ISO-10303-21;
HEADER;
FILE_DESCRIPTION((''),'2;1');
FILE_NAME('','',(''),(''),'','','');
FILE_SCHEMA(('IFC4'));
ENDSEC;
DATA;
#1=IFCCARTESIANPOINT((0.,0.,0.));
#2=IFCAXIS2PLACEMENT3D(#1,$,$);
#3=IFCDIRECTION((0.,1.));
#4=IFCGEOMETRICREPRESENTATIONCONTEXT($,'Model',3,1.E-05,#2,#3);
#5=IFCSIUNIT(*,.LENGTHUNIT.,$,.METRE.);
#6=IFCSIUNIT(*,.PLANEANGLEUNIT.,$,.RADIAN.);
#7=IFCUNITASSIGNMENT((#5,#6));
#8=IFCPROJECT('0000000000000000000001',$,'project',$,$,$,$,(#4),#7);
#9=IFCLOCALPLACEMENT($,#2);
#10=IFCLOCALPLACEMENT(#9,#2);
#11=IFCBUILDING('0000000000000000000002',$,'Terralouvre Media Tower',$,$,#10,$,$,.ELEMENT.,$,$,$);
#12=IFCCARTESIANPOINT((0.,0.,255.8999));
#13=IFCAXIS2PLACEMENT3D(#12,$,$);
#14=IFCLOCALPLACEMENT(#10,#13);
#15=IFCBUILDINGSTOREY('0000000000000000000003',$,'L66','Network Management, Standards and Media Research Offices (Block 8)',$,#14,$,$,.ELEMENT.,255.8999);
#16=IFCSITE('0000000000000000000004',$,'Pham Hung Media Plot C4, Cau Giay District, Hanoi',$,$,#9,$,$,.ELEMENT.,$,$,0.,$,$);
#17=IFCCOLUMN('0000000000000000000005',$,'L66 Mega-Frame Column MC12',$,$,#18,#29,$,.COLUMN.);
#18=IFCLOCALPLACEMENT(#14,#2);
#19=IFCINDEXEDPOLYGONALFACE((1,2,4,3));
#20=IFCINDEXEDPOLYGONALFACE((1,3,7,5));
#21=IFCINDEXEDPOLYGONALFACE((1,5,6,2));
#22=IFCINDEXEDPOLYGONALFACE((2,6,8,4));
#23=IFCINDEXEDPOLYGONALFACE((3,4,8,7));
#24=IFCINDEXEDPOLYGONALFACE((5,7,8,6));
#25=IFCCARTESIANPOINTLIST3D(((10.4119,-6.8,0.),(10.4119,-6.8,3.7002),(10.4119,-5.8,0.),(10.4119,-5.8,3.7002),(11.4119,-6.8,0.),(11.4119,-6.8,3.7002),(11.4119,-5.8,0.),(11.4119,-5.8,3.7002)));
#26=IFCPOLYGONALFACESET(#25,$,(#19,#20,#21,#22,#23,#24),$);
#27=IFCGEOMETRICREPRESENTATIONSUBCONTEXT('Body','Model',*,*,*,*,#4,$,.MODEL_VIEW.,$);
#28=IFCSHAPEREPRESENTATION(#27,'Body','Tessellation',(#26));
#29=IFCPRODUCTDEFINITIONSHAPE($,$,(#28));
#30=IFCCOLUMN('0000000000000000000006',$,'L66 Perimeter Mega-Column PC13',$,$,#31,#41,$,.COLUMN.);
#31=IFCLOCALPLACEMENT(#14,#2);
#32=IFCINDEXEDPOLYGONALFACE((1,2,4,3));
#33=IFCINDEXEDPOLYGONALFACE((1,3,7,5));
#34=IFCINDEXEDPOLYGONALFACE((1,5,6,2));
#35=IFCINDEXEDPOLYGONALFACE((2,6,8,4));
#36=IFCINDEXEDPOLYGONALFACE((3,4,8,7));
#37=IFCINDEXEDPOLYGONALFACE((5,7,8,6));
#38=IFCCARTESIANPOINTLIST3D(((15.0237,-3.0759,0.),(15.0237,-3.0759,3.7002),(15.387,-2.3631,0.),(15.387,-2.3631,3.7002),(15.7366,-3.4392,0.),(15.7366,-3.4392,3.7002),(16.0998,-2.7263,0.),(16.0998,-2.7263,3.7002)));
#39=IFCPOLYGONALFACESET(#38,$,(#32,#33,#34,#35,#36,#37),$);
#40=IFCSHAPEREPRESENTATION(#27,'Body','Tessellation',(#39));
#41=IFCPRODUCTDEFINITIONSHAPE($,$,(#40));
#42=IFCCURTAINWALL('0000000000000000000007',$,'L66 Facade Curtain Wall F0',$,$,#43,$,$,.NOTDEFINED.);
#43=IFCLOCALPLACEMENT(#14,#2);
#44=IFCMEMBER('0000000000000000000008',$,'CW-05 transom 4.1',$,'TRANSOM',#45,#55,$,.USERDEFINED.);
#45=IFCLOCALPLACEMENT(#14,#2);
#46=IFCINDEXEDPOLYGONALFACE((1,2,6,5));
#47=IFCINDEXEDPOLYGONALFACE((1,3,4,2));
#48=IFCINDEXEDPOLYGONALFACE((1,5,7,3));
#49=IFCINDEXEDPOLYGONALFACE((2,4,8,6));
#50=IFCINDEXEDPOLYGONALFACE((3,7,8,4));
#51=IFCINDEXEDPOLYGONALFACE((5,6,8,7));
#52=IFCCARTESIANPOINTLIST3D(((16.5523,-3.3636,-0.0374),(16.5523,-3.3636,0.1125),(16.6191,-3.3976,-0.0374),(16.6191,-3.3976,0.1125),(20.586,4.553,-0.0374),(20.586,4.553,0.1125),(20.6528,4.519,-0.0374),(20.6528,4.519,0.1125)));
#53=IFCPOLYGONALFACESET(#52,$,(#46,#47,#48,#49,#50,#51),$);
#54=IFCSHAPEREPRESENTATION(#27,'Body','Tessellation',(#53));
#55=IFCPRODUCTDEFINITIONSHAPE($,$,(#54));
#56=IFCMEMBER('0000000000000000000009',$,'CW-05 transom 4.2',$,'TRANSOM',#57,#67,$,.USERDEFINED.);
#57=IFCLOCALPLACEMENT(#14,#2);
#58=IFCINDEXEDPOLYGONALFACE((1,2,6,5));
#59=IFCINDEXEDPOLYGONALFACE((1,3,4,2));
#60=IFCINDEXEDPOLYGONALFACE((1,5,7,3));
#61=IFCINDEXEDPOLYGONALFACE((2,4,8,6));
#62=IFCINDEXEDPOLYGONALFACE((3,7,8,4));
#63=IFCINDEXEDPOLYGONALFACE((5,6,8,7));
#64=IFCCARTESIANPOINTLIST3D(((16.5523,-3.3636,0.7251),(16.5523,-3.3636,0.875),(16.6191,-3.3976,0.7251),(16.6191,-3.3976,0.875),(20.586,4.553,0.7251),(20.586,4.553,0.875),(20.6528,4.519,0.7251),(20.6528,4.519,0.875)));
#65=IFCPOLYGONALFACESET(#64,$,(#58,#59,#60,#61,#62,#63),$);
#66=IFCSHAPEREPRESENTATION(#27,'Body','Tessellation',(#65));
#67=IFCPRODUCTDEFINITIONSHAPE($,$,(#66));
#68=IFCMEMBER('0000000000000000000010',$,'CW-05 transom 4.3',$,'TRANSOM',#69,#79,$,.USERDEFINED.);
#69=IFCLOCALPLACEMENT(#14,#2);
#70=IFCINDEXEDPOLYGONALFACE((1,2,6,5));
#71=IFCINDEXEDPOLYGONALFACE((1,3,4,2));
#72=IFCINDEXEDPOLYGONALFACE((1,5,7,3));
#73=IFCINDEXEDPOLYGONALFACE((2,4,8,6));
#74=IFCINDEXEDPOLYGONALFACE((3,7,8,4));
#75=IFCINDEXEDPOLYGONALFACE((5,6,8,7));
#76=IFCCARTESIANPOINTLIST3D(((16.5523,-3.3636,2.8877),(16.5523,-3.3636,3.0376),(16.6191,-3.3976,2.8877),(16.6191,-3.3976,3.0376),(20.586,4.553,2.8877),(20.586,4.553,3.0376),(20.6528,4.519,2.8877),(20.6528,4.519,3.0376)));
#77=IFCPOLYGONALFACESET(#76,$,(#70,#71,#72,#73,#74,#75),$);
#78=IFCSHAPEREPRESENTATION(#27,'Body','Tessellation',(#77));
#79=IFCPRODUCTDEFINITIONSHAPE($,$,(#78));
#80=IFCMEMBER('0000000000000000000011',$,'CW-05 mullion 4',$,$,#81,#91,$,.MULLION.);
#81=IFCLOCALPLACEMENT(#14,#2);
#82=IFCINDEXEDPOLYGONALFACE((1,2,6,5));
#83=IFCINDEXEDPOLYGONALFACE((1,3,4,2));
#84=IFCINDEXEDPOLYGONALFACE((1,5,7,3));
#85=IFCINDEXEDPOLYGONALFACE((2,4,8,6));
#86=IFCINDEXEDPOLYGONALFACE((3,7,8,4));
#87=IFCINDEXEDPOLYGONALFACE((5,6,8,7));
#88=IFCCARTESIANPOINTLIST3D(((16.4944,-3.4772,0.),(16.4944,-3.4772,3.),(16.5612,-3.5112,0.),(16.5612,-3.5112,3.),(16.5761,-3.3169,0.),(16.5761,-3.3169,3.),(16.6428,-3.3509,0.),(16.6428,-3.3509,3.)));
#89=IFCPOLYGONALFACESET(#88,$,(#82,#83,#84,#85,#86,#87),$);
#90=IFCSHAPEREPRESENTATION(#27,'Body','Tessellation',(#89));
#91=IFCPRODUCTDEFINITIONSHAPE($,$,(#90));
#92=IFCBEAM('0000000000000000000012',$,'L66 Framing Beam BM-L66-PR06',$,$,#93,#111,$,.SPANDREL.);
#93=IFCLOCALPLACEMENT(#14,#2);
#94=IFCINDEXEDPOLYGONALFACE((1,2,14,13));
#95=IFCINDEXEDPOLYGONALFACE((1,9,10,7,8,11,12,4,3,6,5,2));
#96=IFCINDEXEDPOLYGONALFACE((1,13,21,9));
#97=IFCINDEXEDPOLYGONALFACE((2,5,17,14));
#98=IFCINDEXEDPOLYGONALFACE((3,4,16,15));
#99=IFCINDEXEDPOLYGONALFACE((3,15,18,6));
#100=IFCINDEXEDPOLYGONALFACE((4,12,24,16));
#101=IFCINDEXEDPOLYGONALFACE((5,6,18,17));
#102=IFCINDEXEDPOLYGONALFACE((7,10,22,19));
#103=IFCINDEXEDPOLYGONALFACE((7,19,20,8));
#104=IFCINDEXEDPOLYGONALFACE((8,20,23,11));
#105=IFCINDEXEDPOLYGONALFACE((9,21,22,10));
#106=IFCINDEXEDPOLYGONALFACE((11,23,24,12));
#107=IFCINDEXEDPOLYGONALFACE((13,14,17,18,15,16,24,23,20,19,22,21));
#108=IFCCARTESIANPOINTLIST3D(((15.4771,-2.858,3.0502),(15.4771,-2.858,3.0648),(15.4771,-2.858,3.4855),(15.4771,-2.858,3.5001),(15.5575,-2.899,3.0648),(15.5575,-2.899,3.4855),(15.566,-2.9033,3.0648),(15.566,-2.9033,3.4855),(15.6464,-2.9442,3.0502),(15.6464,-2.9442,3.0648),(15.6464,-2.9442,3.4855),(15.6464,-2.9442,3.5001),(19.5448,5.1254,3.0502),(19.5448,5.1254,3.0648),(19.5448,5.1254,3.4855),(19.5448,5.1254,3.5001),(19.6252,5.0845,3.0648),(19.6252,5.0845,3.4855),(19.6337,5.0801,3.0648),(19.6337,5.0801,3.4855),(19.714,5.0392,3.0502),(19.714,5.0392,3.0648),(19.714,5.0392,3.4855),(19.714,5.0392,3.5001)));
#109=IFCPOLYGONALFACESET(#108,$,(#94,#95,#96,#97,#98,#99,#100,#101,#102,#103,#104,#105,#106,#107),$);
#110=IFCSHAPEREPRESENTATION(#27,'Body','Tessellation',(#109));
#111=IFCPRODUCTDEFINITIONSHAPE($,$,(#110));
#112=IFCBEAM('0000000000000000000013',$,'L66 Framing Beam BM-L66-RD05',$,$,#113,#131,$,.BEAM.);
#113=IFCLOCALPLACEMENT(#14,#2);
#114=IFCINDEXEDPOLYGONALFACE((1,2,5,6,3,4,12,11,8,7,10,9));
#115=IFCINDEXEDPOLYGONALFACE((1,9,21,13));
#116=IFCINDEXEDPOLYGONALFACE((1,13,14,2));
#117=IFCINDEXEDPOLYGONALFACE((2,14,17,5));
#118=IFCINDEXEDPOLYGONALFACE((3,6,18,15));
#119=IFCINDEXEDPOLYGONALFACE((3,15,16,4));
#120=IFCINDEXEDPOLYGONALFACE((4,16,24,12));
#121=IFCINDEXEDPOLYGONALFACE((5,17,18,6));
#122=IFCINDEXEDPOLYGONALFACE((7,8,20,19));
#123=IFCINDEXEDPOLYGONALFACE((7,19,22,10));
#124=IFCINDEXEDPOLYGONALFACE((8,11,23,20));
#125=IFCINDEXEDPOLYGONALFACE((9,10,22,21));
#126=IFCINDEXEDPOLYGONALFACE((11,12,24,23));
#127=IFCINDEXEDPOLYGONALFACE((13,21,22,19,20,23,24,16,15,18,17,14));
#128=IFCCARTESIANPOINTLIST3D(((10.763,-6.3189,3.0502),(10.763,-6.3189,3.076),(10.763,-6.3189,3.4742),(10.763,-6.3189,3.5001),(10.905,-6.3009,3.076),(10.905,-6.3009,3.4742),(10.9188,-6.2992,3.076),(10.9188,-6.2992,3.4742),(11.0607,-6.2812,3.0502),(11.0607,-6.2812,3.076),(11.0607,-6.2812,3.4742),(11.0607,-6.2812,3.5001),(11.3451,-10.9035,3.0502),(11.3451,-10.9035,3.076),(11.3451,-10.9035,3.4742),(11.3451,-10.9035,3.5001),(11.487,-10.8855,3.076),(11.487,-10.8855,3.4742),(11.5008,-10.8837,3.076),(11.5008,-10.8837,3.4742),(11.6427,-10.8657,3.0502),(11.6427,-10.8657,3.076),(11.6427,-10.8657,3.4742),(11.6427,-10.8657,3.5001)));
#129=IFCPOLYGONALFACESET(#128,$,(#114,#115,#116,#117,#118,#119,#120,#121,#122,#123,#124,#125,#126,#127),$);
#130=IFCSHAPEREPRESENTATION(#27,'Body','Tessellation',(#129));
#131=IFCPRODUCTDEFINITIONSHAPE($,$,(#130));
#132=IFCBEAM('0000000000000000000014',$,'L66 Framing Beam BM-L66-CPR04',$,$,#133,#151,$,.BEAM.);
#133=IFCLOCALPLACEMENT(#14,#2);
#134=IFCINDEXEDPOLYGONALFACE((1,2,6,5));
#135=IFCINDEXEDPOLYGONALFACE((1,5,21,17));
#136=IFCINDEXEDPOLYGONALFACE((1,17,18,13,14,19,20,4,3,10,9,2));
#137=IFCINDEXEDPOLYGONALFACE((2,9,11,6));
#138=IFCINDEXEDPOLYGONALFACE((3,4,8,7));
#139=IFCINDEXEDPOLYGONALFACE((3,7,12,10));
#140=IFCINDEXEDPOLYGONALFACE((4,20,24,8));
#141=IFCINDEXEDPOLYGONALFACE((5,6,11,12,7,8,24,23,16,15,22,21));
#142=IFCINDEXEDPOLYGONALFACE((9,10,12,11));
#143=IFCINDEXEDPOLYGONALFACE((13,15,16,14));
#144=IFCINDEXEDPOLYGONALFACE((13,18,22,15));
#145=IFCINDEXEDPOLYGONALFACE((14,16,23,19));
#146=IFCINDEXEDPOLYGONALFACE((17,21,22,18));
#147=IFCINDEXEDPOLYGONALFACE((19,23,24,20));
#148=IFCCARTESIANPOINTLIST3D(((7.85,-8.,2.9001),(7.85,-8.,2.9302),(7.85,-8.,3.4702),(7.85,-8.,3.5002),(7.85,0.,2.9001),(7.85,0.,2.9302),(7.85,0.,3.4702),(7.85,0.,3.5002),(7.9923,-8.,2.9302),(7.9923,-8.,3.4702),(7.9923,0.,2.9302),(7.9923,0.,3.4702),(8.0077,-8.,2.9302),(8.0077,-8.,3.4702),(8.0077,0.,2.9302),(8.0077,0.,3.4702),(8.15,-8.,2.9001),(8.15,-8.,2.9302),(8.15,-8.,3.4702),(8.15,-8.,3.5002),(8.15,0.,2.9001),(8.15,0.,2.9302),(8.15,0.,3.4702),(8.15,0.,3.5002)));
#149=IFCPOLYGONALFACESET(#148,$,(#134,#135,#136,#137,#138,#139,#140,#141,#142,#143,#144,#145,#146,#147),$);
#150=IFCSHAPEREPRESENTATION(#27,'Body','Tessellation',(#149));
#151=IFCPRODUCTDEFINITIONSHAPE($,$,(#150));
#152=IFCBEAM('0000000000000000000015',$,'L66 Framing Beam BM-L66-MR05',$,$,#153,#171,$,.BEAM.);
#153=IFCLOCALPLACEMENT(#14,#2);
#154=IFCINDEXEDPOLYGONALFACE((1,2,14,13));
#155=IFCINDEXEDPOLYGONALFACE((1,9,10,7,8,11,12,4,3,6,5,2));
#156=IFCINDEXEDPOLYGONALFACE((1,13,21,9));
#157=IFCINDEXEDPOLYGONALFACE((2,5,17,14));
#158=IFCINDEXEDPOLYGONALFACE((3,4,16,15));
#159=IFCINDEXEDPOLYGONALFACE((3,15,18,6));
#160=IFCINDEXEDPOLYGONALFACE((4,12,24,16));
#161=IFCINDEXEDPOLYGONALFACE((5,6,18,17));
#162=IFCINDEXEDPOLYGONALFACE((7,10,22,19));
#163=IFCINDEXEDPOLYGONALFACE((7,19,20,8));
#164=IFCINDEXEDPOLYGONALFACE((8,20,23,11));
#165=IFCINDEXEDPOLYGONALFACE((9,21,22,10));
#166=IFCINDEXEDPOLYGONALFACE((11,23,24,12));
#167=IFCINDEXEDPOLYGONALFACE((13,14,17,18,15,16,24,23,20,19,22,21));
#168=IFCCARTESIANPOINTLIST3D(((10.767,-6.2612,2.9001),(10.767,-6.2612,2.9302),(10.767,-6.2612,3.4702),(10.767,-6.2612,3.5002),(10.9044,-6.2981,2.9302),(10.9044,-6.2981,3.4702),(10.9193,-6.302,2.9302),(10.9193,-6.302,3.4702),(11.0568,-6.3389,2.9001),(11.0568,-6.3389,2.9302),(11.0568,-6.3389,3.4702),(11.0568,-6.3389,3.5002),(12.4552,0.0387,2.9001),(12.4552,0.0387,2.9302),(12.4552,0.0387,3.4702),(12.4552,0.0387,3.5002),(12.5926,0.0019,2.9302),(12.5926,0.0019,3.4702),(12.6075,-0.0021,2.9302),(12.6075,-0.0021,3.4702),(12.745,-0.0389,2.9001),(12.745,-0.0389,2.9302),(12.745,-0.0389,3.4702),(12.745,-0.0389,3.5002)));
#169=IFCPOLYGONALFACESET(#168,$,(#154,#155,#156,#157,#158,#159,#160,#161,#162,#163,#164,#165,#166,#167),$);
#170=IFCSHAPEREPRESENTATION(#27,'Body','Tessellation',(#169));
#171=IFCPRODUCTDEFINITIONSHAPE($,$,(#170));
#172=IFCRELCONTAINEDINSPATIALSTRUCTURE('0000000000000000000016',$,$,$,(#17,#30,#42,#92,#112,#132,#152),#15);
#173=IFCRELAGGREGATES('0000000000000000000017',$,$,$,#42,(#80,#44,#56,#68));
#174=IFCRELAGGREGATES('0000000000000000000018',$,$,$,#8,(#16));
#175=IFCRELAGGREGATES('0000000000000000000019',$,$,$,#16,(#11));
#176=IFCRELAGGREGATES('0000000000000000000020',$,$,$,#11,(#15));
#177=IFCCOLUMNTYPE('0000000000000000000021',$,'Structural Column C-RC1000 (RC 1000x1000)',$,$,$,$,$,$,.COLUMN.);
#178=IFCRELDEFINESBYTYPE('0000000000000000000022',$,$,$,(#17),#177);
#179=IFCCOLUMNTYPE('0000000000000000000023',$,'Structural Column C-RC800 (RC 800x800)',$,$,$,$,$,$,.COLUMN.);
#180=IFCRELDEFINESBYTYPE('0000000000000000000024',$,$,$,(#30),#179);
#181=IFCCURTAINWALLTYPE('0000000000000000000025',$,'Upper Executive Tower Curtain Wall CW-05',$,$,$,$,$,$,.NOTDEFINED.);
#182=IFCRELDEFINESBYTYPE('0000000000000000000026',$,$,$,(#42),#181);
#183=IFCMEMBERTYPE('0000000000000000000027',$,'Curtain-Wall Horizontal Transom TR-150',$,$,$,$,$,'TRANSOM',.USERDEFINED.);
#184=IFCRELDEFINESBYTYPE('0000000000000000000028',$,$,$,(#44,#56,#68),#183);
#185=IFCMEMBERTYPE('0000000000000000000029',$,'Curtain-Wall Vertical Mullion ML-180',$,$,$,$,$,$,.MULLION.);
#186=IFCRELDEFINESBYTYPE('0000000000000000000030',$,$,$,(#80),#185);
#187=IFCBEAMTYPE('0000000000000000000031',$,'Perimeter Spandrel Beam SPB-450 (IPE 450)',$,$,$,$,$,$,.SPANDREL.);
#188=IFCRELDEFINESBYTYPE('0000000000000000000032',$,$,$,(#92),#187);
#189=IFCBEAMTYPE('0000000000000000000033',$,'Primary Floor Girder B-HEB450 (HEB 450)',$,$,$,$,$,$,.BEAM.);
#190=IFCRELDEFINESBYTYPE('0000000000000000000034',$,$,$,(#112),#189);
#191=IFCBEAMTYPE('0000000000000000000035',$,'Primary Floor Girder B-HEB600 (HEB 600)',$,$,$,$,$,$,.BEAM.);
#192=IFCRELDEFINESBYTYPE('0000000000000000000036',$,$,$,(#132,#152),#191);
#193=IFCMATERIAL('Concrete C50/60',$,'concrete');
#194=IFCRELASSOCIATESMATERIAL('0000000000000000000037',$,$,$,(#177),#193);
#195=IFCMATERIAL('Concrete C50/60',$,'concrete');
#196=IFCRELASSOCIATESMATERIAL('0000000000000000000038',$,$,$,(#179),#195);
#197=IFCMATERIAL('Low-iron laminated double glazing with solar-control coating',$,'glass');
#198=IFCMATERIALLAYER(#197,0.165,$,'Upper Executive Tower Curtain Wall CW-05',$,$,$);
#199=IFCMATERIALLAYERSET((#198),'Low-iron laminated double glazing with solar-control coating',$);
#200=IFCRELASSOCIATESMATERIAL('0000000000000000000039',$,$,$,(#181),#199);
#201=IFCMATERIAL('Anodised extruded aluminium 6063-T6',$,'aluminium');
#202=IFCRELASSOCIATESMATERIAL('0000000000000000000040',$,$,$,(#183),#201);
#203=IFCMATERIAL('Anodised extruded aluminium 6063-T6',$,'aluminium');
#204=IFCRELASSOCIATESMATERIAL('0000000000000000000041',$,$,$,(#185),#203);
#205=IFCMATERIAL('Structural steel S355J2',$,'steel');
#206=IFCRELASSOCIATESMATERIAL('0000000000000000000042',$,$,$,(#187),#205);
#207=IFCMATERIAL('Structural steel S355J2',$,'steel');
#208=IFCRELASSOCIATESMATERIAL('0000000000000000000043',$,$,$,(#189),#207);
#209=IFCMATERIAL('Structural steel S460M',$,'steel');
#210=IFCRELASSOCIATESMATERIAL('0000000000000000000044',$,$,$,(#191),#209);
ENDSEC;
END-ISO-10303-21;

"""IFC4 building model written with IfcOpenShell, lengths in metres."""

from ifc_helpers import new_model, si_unit, direction, frame, origin, origin_2d, place, context, subcontext, project, spatial, rectangle, i_section, extrude, material, layer, layer_set, material_profile, profile_set, type_object, element, aggregate, save


model = new_model("IFC4")

# Units and contexts
model_context = context("Model", 3, precision=1e-05, world=origin(), true_north=direction((0.0, 1.0)))
body_context = subcontext(model_context, "Body", "Model", "MODEL_VIEW")
ifc_project = project(units=[si_unit("LENGTHUNIT", "METRE"), si_unit("PLANEANGLEUNIT", "RADIAN")], contexts=[model_context])

# Site, building, storey
site_placement = place(None, origin())
site = spatial("IfcSite", under=ifc_project, at=site_placement, Name="Pham Hung Media Plot C4, Cau Giay District, Hanoi", CompositionType="ELEMENT", RefElevation=0.0)
building_placement = place(site_placement, origin())
building = spatial("IfcBuilding", under=site, at=building_placement, Name="Terralouvre Media Tower", CompositionType="ELEMENT")
storey_placement = place(building_placement, frame((0.0, 0.0, 255.8999)))
storey = spatial("IfcBuildingStorey", under=building, at=storey_placement, Name="L66", Description="Network Management, Standards and Media Research Offices (Block 8)", CompositionType="ELEMENT", Elevation=255.8999)

# Columns
ifc_material_1 = material(Name="Concrete C50/60", Category="concrete")
ifc_material_profile_1 = material_profile(ifc_material_1, rectangle(XDim=1.0, YDim=1.0, at=origin_2d()), Name="RC 1000x1000")
ifc_profile_set_1 = profile_set([ifc_material_profile_1], Name="Concrete C50/60")
column_type_1 = type_object("IfcColumnType", Name="Structural Column C-RC1000 (RC 1000x1000)", PredefinedType="COLUMN", material=ifc_profile_set_1)
column_1_placement = place(storey_placement, frame((10.9119, -6.3, 0.0), z_axis=(0.0, 0.0, 1.0), x_axis=(1.0, 0.0, 0.0)))
element("IfcColumn", 1, at=column_1_placement, inside=storey, type_object=column_type_1, Name="L66 Mega-Frame Column MC12", PredefinedType="COLUMN", context=body_context, shape_type="SweptSolid", body=[
    extrude(rectangle(XDim=1.0, YDim=1.0, at=origin_2d()), origin(), (0.0, 0.0, 1.0), 3.7002),
])
ifc_material_2 = material(Name="Concrete C50/60", Category="concrete")
ifc_material_profile_2 = material_profile(ifc_material_2, rectangle(XDim=0.8, YDim=0.8, at=origin_2d()), Name="RC 800x800")
ifc_profile_set_2 = profile_set([ifc_material_profile_2], Name="Concrete C50/60")
column_type_2 = type_object("IfcColumnType", Name="Structural Column C-RC800 (RC 800x800)", PredefinedType="COLUMN", material=ifc_profile_set_2)
column_2_placement = place(storey_placement, frame((15.5618, -2.9011, 0.0), z_axis=(0.0, 0.0, 1.0), x_axis=(0.45399, 0.891007, 0.0)))
element("IfcColumn", 2, at=column_2_placement, inside=storey, type_object=column_type_2, Name="L66 Perimeter Mega-Column PC13", PredefinedType="COLUMN", context=body_context, shape_type="SweptSolid", body=[
    extrude(rectangle(XDim=0.8, YDim=0.8, at=origin_2d()), origin(), (0.0, 0.0, 1.0), 3.7002),
])

# Curtain wall, members
ifc_material_3 = material(Name="Low-iron laminated double glazing with solar-control coating", Category="glass")
ifc_layer_1 = layer(ifc_material_3, 0.165, Name="Upper Executive Tower Curtain Wall CW-05")
ifc_layer_set_1 = layer_set([ifc_layer_1], Name="Low-iron laminated double glazing with solar-control coating")
curtain_wall_type = type_object("IfcCurtainWallType", Name="Upper Executive Tower Curtain Wall CW-05", PredefinedType="NOTDEFINED", material=ifc_layer_set_1)
curtain_wall_placement = place(storey_placement, origin())
curtain_wall = element("IfcCurtainWall", 3, at=curtain_wall_placement, inside=storey, type_object=curtain_wall_type, Name="L66 Facade Curtain Wall F0", PredefinedType="NOTDEFINED")
ifc_material_4 = material(Name="Anodised extruded aluminium 6063-T6", Category="aluminium")
ifc_material_profile_3 = material_profile(ifc_material_4, rectangle(XDim=0.075, YDim=0.1499, at=origin_2d()), Name="ALU 75x150")
ifc_profile_set_3 = profile_set([ifc_material_profile_3], Name="Anodised extruded aluminium 6063-T6")
member_type_1 = type_object("IfcMemberType", Name="Curtain-Wall Horizontal Transom TR-150", ElementType="TRANSOM", PredefinedType="USERDEFINED", material=ifc_profile_set_3)
member_1_placement = place(storey_placement, frame((16.5857, -3.3806, 0.0376), z_axis=(0.453993, 0.891005, 0.0), x_axis=(-0.891005, 0.453993, 0.0)))
member_1 = element("IfcMember", 4, at=member_1_placement, type_object=member_type_1, Name="CW-05 transom 4.1", ObjectType="TRANSOM", PredefinedType="USERDEFINED", context=body_context, shape_type="SweptSolid", body=[
    extrude(rectangle(XDim=0.075, YDim=0.1499, at=origin_2d()), origin(), (0.0, 0.0, 1.0), 8.885),
])
member_2_placement = place(storey_placement, frame((16.5857, -3.3806, 0.8), z_axis=(0.453993, 0.891005, 0.0), x_axis=(-0.891005, 0.453993, 0.0)))
member_2 = element("IfcMember", 5, at=member_2_placement, type_object=member_type_1, Name="CW-05 transom 4.2", ObjectType="TRANSOM", PredefinedType="USERDEFINED", context=body_context, shape_type="SweptSolid", body=[
    extrude(rectangle(XDim=0.075, YDim=0.1499, at=origin_2d()), origin(), (0.0, 0.0, 1.0), 8.885),
])
member_3_placement = place(storey_placement, frame((16.5857, -3.3806, 2.9626), z_axis=(0.453993, 0.891005, 0.0), x_axis=(-0.891005, 0.453993, 0.0)))
member_3 = element("IfcMember", 6, at=member_3_placement, type_object=member_type_1, Name="CW-05 transom 4.3", ObjectType="TRANSOM", PredefinedType="USERDEFINED", context=body_context, shape_type="SweptSolid", body=[
    extrude(rectangle(XDim=0.075, YDim=0.1499, at=origin_2d()), origin(), (0.0, 0.0, 1.0), 8.885),
])
ifc_material_5 = material(Name="Anodised extruded aluminium 6063-T6", Category="aluminium")
ifc_material_profile_4 = material_profile(ifc_material_5, rectangle(XDim=0.075, YDim=0.1799, at=origin_2d()), Name="ALU 75x180")
ifc_profile_set_4 = profile_set([ifc_material_profile_4], Name="Anodised extruded aluminium 6063-T6")
member_type_2 = type_object("IfcMemberType", Name="Curtain-Wall Vertical Mullion ML-180", PredefinedType="MULLION", material=ifc_profile_set_4)
member_4_placement = place(storey_placement, frame((16.5686, -3.4141, 0.0), z_axis=(0.0, 0.0, 1.0), x_axis=(-0.891007, 0.45399, 0.0)))
member_4 = element("IfcMember", 7, at=member_4_placement, type_object=member_type_2, Name="CW-05 mullion 4", PredefinedType="MULLION", context=body_context, shape_type="SweptSolid", body=[
    extrude(rectangle(XDim=0.075, YDim=0.1799, at=origin_2d()), origin(), (0.0, 0.0, 1.0), 3.0),
])

# Beams
ifc_material_6 = material(Name="Structural steel S355J2", Category="steel")
ifc_material_profile_5 = material_profile(ifc_material_6, i_section(OverallWidth=0.1899, OverallDepth=0.45, WebThickness=0.0095, FlangeThickness=0.0146, at=origin_2d()), Name="IPE 450")
ifc_profile_set_5 = profile_set([ifc_material_profile_5], Name="Structural steel S355J2")
beam_type_1 = type_object("IfcBeamType", Name="Perimeter Spandrel Beam SPB-450 (IPE 450)", PredefinedType="SPANDREL", material=ifc_profile_set_5)
beam_1_placement = place(storey_placement, frame((15.5618, -2.9011, 3.2751), z_axis=(0.45398, 0.891012, 0.0), x_axis=(-0.891012, 0.45398, 0.0)))
element("IfcBeam", 8, at=beam_1_placement, inside=storey, type_object=beam_type_1, Name="L66 Framing Beam BM-L66-PR06", PredefinedType="SPANDREL", context=body_context, shape_type="SweptSolid", body=[
    extrude(i_section(OverallWidth=0.1899, OverallDepth=0.45, WebThickness=0.0095, FlangeThickness=0.0146, at=origin_2d()), origin(), (0.0, 0.0, 1.0), 8.96),
])
ifc_material_7 = material(Name="Structural steel S355J2", Category="steel")
ifc_material_profile_6 = material_profile(ifc_material_7, i_section(OverallWidth=0.3, OverallDepth=0.45, WebThickness=0.0139, FlangeThickness=0.0259, at=origin_2d()), Name="HEB 450")
ifc_profile_set_6 = profile_set([ifc_material_profile_6], Name="Structural steel S355J2")
beam_type_2 = type_object("IfcBeamType", Name="Primary Floor Girder B-HEB450 (HEB 450)", PredefinedType="BEAM", material=ifc_profile_set_6)
beam_2_placement = place(storey_placement, frame((10.9119, -6.3, 3.2751), z_axis=(0.125946, -0.992037, 0.0), x_axis=(0.992037, 0.125946, 0.0)))
element("IfcBeam", 9, at=beam_2_placement, inside=storey, type_object=beam_type_2, Name="L66 Framing Beam BM-L66-RD05", PredefinedType="BEAM", context=body_context, shape_type="SweptSolid", body=[
    extrude(i_section(OverallWidth=0.3, OverallDepth=0.45, WebThickness=0.0139, FlangeThickness=0.0259, at=origin_2d()), origin(), (0.0, 0.0, 1.0), 4.6213),
])
ifc_material_8 = material(Name="Structural steel S460M", Category="steel")
ifc_material_profile_7 = material_profile(ifc_material_8, i_section(OverallWidth=0.3, OverallDepth=0.6001, WebThickness=0.0154, FlangeThickness=0.03, at=origin_2d()), Name="HEB 600")
ifc_profile_set_7 = profile_set([ifc_material_profile_7], Name="Structural steel S460M")
beam_type_3 = type_object("IfcBeamType", Name="Primary Floor Girder B-HEB600 (HEB 600)", PredefinedType="BEAM", material=ifc_profile_set_7)
beam_3_placement = place(storey_placement, frame((8.0, -8.0, 3.2002), z_axis=(0.0, 1.0, 0.0), x_axis=(-1.0, 0.0, 0.0)))
element("IfcBeam", 10, at=beam_3_placement, inside=storey, type_object=beam_type_3, Name="L66 Framing Beam BM-L66-CPR04", PredefinedType="BEAM", context=body_context, shape_type="SweptSolid", body=[
    extrude(i_section(OverallWidth=0.3, OverallDepth=0.6001, WebThickness=0.0154, FlangeThickness=0.03, at=origin_2d()), origin(), (0.0, 0.0, 1.0), 8.0),
])
beam_4_placement = place(storey_placement, frame((10.9119, -6.3, 3.2002), z_axis=(0.258839, 0.96592, 0.0), x_axis=(-0.96592, 0.258839, 0.0)))
element("IfcBeam", 11, at=beam_4_placement, inside=storey, type_object=beam_type_3, Name="L66 Framing Beam BM-L66-MR05", PredefinedType="BEAM", context=body_context, shape_type="SweptSolid", body=[
    extrude(i_section(OverallWidth=0.3, OverallDepth=0.6001, WebThickness=0.0154, FlangeThickness=0.03, at=origin_2d()), origin(), (0.0, 0.0, 1.0), 6.5222),
])

aggregate(curtain_wall, [member_4, member_1, member_2, member_3])

save(model, "model.ifc")
